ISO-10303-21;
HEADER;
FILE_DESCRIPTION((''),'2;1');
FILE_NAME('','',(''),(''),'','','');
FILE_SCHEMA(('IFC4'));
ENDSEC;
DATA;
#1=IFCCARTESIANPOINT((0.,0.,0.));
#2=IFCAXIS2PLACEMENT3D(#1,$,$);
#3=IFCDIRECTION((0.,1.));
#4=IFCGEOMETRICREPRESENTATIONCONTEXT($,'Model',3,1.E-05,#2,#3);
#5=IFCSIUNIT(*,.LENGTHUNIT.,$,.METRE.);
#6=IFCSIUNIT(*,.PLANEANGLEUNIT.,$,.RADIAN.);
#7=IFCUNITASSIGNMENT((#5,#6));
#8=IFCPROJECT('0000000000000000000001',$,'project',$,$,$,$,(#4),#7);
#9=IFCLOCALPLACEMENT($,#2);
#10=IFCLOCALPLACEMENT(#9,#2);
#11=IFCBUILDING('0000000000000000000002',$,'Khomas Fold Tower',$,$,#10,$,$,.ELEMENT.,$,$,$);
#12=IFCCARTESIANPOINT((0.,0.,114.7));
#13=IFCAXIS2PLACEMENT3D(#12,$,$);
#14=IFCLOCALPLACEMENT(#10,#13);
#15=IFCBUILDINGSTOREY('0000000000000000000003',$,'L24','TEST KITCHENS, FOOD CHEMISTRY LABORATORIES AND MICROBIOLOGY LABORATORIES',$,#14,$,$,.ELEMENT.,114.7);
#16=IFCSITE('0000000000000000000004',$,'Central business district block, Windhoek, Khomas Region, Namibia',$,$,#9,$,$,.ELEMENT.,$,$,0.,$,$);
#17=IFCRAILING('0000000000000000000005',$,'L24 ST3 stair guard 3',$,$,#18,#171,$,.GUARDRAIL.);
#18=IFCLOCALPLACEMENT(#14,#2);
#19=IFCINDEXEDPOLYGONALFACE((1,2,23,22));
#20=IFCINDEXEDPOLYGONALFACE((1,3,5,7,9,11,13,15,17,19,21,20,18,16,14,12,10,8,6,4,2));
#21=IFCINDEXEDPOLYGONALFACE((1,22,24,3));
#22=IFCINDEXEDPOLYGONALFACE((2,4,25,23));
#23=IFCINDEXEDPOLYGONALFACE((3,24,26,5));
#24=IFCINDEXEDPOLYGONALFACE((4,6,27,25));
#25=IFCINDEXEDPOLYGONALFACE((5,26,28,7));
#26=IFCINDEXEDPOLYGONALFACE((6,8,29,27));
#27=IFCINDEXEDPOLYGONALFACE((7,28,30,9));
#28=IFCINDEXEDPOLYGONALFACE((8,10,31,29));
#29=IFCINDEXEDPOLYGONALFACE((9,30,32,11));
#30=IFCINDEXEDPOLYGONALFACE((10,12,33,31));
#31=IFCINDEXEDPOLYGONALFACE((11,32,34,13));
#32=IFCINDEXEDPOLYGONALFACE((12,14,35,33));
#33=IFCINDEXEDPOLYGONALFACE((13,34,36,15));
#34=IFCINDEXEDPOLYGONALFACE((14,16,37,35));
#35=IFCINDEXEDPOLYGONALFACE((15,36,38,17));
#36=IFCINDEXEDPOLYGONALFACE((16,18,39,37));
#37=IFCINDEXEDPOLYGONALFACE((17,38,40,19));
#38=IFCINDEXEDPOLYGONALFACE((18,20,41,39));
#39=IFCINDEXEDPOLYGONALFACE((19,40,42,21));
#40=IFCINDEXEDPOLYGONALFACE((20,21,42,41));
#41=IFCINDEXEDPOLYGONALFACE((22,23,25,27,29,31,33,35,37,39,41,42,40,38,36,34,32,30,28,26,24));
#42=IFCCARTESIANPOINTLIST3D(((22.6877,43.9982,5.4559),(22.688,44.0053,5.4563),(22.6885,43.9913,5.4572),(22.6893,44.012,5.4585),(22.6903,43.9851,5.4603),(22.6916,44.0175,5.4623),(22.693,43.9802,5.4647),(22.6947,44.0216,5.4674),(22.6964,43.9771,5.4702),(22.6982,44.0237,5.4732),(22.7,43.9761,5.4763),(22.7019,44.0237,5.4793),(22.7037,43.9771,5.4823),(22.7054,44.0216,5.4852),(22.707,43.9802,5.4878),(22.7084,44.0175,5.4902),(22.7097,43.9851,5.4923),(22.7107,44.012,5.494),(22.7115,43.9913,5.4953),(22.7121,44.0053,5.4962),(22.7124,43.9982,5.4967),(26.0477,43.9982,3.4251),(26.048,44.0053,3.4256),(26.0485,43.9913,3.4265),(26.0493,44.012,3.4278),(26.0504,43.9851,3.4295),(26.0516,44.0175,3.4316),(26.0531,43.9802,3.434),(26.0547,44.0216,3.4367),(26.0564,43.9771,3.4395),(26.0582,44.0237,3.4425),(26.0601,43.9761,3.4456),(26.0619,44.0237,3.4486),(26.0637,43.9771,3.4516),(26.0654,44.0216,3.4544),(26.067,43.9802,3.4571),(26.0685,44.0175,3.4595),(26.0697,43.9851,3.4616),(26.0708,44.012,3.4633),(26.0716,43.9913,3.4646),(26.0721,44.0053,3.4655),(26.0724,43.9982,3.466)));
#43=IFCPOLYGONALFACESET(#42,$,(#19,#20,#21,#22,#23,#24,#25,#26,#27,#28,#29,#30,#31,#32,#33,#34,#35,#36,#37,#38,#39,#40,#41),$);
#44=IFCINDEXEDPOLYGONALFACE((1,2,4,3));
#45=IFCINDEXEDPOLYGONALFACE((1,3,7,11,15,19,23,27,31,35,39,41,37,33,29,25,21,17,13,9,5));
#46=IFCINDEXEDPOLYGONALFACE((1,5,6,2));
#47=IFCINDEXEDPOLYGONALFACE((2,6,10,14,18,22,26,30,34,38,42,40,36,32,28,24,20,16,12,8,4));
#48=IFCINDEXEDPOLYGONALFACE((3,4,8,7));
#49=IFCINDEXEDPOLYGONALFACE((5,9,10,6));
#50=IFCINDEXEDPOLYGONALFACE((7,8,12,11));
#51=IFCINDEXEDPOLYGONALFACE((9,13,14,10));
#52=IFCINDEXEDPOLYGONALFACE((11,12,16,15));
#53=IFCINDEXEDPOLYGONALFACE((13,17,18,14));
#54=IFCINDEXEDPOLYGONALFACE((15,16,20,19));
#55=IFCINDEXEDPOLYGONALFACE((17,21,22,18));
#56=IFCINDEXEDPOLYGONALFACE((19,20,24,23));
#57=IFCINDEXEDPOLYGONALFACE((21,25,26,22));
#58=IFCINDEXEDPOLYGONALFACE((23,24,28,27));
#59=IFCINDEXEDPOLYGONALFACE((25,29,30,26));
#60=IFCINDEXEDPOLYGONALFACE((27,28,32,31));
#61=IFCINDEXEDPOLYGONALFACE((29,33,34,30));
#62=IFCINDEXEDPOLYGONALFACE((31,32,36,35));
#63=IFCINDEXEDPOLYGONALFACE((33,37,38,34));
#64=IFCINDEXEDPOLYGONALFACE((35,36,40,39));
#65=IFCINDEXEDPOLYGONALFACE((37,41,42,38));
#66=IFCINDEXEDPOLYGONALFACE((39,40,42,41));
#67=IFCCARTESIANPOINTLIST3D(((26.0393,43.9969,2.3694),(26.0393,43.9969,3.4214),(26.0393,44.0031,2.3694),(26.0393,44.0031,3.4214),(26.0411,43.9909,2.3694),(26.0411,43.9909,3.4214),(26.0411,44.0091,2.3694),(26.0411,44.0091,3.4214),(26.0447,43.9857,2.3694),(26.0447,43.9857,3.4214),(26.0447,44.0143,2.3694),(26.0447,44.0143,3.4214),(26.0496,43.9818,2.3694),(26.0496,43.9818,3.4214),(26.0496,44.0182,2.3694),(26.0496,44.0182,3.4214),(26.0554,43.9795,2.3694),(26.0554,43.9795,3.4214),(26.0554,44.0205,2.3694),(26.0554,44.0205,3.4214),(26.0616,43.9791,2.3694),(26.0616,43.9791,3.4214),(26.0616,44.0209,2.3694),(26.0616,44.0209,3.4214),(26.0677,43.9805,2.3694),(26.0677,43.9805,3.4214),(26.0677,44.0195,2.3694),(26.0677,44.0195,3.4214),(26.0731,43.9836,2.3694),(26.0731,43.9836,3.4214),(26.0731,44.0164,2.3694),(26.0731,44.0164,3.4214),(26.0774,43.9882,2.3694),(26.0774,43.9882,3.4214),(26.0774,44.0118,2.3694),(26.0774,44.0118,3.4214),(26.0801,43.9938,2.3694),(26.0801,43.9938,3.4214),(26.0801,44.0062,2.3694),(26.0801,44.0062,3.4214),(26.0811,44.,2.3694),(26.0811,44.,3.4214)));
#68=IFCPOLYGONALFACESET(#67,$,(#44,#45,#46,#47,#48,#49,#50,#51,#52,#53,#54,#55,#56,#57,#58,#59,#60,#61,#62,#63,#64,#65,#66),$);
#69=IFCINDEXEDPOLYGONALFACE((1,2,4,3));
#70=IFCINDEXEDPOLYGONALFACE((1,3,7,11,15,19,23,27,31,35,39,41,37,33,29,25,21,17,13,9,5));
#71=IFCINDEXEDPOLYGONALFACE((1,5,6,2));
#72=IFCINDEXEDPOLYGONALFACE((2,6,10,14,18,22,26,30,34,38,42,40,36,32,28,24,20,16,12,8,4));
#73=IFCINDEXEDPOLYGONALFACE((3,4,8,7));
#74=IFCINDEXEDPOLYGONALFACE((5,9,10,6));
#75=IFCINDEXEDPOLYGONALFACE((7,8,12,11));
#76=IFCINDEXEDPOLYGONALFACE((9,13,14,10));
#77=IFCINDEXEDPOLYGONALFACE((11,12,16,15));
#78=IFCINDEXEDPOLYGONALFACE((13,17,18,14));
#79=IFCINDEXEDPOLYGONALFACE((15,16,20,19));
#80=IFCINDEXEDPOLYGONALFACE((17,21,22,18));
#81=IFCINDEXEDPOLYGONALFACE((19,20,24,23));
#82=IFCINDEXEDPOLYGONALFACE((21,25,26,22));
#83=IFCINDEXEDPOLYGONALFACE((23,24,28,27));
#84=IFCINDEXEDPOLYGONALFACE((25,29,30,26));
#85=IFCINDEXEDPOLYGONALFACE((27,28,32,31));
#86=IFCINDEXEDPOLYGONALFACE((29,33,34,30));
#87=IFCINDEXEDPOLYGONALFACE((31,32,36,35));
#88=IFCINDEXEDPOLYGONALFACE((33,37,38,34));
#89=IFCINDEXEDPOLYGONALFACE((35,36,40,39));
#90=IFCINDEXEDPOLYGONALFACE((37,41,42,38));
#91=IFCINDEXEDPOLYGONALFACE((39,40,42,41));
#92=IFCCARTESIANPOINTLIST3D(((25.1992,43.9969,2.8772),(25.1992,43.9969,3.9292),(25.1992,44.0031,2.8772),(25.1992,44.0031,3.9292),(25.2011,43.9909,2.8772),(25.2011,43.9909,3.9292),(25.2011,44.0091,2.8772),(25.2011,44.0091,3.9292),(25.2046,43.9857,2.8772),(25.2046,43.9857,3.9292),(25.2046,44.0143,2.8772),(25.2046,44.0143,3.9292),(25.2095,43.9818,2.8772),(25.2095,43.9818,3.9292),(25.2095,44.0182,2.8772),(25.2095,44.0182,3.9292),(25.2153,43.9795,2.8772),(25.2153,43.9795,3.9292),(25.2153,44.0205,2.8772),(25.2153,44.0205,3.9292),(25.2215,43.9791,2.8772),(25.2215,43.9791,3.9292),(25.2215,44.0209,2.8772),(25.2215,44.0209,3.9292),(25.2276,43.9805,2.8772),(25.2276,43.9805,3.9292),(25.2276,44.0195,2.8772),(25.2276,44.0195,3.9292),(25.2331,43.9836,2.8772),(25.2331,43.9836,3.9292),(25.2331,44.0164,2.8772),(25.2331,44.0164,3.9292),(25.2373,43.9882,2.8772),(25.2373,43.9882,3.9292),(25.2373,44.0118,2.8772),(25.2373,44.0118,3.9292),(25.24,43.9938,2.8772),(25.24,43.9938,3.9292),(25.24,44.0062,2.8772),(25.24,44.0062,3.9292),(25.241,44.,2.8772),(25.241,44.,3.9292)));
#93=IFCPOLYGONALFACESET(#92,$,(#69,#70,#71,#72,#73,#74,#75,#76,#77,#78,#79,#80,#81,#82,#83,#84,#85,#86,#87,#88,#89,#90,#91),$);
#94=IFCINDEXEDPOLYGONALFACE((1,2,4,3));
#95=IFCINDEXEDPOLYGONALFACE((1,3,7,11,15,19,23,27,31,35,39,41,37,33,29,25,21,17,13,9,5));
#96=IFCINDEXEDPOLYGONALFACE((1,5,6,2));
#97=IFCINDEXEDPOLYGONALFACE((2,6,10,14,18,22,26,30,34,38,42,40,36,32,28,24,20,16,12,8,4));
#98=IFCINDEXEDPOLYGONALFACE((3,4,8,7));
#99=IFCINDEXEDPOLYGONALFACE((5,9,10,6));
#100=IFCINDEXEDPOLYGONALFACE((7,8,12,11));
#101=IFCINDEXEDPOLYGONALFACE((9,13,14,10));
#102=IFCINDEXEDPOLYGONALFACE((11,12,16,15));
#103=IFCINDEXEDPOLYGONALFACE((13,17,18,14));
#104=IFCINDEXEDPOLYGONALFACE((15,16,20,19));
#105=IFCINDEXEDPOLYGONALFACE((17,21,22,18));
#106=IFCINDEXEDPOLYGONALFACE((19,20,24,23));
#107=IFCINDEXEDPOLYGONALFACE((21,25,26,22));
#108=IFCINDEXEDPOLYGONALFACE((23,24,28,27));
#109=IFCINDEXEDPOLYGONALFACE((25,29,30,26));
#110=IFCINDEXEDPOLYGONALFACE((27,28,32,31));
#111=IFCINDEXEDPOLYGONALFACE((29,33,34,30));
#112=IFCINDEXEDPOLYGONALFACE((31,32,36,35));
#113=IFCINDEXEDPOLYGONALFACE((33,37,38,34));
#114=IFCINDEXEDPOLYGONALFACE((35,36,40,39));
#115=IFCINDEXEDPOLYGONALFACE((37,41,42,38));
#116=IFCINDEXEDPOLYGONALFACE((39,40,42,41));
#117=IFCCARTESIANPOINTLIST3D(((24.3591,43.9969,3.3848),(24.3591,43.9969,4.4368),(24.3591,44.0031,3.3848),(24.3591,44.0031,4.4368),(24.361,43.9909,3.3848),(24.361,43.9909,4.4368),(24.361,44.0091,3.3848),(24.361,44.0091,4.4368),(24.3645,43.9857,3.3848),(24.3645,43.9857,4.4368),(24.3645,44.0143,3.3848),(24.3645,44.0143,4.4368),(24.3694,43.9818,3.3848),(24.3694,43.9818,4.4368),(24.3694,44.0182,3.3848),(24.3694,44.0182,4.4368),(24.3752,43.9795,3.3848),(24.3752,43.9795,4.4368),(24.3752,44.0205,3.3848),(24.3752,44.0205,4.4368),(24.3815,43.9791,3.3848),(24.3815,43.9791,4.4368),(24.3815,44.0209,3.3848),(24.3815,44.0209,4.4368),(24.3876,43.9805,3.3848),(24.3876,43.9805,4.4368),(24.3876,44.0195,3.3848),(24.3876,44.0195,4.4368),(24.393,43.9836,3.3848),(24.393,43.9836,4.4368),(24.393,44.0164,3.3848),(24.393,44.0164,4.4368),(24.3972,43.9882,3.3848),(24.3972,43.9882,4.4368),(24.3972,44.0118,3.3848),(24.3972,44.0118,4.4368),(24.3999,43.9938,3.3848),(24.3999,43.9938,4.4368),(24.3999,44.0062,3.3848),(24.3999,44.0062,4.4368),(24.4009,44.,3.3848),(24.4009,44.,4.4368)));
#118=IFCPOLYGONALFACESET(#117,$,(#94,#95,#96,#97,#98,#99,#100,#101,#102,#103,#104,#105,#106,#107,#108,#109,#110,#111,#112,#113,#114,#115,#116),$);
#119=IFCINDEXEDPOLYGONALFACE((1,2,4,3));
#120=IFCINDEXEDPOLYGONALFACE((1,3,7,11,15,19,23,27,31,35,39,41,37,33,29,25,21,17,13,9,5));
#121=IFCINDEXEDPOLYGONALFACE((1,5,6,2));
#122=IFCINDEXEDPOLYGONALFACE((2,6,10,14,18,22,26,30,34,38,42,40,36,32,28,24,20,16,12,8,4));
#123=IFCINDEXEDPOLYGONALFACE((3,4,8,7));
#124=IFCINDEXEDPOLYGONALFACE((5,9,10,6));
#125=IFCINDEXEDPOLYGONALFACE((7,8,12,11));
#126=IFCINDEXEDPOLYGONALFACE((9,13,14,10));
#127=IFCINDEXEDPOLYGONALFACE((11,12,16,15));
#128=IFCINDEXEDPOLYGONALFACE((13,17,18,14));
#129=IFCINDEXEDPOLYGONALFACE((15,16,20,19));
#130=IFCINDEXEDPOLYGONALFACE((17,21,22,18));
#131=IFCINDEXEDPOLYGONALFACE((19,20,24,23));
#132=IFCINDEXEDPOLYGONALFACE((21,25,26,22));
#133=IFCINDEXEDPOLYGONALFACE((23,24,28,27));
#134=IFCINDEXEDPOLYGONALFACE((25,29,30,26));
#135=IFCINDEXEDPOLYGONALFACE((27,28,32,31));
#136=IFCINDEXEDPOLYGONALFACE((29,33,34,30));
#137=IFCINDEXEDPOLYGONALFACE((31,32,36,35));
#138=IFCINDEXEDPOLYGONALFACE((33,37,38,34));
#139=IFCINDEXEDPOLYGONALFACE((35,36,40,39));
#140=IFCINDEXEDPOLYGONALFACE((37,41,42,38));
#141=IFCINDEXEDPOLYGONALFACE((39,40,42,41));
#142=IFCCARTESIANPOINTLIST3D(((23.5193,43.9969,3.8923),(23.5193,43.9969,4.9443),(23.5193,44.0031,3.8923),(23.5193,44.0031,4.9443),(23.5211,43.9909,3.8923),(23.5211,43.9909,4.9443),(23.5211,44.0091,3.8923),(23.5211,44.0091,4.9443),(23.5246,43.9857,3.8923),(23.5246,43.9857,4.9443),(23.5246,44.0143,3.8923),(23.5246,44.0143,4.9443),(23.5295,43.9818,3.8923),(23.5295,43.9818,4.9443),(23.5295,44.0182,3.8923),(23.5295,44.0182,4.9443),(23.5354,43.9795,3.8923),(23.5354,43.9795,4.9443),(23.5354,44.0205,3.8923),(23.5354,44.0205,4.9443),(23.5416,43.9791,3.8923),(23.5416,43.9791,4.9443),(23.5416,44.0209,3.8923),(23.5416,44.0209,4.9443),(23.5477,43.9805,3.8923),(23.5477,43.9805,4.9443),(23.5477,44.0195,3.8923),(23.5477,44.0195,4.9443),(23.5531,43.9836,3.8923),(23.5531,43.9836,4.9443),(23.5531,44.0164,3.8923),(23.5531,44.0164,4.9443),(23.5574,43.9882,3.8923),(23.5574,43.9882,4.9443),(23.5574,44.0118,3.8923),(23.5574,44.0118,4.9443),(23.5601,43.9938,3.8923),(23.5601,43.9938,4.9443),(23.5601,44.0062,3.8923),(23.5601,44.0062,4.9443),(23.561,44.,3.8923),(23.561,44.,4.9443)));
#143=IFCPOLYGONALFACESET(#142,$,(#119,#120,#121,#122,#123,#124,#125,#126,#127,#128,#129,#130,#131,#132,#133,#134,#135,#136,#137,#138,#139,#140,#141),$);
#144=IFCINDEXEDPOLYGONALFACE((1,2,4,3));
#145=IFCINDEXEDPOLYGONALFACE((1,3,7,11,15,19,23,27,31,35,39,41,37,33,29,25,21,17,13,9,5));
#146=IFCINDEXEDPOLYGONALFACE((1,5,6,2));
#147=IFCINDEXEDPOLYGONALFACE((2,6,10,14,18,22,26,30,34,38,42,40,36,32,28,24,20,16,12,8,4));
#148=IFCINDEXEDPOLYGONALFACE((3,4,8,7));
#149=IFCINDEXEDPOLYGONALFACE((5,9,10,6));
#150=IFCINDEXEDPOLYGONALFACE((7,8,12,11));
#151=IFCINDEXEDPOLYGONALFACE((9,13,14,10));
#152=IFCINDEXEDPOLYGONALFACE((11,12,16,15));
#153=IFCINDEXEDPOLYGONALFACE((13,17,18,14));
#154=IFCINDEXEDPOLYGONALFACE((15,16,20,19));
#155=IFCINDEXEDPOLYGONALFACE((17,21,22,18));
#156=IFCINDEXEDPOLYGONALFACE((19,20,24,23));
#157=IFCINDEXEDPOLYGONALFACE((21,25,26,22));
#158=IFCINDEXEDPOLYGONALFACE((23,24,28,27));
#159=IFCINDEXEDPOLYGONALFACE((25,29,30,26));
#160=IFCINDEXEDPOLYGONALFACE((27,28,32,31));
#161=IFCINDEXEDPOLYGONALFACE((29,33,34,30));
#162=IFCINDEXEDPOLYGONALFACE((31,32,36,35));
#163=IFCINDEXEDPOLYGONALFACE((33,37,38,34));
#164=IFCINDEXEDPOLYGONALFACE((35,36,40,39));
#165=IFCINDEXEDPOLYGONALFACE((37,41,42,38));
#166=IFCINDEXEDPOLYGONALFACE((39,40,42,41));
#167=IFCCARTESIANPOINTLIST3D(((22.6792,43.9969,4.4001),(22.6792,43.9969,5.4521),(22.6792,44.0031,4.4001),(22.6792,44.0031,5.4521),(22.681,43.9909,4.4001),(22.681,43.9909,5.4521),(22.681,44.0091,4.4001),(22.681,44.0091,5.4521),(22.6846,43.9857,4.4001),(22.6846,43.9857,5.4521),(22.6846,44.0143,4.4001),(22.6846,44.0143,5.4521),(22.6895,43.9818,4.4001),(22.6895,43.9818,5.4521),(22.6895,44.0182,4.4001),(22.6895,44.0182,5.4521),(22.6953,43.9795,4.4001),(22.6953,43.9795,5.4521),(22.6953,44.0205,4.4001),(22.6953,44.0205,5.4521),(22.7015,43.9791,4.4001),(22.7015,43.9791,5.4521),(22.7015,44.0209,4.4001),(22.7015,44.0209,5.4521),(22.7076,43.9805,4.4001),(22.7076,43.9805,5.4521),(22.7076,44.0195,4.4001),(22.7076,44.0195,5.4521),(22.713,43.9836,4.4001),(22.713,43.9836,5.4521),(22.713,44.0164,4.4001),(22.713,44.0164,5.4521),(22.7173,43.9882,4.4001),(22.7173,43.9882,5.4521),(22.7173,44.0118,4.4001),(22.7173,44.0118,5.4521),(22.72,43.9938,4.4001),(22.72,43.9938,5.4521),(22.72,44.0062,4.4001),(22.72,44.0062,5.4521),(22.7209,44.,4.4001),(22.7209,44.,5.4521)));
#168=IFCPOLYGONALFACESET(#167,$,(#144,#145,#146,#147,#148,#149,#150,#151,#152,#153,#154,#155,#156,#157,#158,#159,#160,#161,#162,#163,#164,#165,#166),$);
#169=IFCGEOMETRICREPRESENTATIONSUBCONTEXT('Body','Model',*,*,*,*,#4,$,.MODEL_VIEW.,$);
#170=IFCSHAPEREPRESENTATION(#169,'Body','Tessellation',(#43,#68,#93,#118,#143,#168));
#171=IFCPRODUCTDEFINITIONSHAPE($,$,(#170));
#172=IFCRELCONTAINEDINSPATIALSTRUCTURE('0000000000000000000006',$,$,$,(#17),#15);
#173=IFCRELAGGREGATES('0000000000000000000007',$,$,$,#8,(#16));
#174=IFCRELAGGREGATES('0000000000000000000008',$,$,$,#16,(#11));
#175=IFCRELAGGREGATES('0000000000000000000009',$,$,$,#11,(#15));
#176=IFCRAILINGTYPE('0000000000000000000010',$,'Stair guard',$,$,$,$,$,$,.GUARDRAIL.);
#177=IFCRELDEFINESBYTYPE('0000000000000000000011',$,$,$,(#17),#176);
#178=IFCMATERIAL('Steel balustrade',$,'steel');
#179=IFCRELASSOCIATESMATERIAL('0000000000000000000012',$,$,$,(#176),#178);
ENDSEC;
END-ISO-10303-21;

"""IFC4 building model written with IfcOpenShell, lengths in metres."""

from ifc_helpers import new_model, si_unit, direction, frame, origin, origin_2d, place, context, subcontext, project, spatial, circle, extrude, source, transform, mapped, material, type_object, element, save


model = new_model("IFC4")

# Units and contexts
model_context = context("Model", 3, precision=1e-05, world=origin(), true_north=direction((0.0, 1.0)))
body_context = subcontext(model_context, "Body", "Model", "MODEL_VIEW")
ifc_project = project(units=[si_unit("LENGTHUNIT", "METRE"), si_unit("PLANEANGLEUNIT", "RADIAN")], contexts=[model_context])

# Site, building, storey
site_placement = place(None, origin())
site = spatial("IfcSite", under=ifc_project, at=site_placement, Name="Central business district block, Windhoek, Khomas Region, Namibia", CompositionType="ELEMENT", RefElevation=0.0)
building_placement = place(site_placement, origin())
building = spatial("IfcBuilding", under=site, at=building_placement, Name="Khomas Fold Tower", CompositionType="ELEMENT")
storey_placement = place(building_placement, frame((0.0, 0.0, 114.7)))
storey = spatial("IfcBuildingStorey", under=building, at=storey_placement, Name="L24", Description="TEST KITCHENS, FOOD CHEMISTRY LABORATORIES AND MICROBIOLOGY LABORATORIES", CompositionType="ELEMENT", Elevation=114.7)

# Railing
ifc_material_1 = material(Name="Steel balustrade", Category="steel")
railing_type_1 = type_object("IfcRailingType", Name="Stair guard", PredefinedType="GUARDRAIL", material=ifc_material_1)
shared_shape_1 = source(origin(), body_context, "Body", "SweptSolid", [
    extrude(circle(Radius=0.0239, at=origin_2d()), frame((0.0, 0.0, 1.0762), z_axis=(-0.855837, 0.0, 0.517246), x_axis=(0.0, -1.0, 0.0)), (0.0, 0.0, 1.0), 3.926),
    extrude(circle(Radius=0.021, at=origin_2d()), origin(), (0.0, 0.0, 1.0), 1.052),
    extrude(circle(Radius=0.021, at=origin_2d()), frame((-0.8401, 0.0, 0.5078)), (0.0, 0.0, 1.0), 1.052),
    extrude(circle(Radius=0.021, at=origin_2d()), frame((-1.6802, 0.0, 1.0154)), (0.0, 0.0, 1.0), 1.052),
    extrude(circle(Radius=0.021, at=origin_2d()), frame((-2.52, 0.0, 1.5229)), (0.0, 0.0, 1.0), 1.052),
    extrude(circle(Radius=0.021, at=origin_2d()), frame((-3.3601, 0.0, 2.0308)), (0.0, 0.0, 1.0), 1.052),
])
railing_1_placement = place(storey_placement, frame((26.0601, 44.0, 2.3694)))
element("IfcRailing", 1, at=railing_1_placement, inside=storey, type_object=railing_type_1, Name="L24 ST3 stair guard 3", PredefinedType="GUARDRAIL", context=body_context, shape_type="MappedRepresentation", body=[
    mapped(shared_shape_1, transform((0.0, 0.0, 0.0))),
])

save(model, "model.ifc")
